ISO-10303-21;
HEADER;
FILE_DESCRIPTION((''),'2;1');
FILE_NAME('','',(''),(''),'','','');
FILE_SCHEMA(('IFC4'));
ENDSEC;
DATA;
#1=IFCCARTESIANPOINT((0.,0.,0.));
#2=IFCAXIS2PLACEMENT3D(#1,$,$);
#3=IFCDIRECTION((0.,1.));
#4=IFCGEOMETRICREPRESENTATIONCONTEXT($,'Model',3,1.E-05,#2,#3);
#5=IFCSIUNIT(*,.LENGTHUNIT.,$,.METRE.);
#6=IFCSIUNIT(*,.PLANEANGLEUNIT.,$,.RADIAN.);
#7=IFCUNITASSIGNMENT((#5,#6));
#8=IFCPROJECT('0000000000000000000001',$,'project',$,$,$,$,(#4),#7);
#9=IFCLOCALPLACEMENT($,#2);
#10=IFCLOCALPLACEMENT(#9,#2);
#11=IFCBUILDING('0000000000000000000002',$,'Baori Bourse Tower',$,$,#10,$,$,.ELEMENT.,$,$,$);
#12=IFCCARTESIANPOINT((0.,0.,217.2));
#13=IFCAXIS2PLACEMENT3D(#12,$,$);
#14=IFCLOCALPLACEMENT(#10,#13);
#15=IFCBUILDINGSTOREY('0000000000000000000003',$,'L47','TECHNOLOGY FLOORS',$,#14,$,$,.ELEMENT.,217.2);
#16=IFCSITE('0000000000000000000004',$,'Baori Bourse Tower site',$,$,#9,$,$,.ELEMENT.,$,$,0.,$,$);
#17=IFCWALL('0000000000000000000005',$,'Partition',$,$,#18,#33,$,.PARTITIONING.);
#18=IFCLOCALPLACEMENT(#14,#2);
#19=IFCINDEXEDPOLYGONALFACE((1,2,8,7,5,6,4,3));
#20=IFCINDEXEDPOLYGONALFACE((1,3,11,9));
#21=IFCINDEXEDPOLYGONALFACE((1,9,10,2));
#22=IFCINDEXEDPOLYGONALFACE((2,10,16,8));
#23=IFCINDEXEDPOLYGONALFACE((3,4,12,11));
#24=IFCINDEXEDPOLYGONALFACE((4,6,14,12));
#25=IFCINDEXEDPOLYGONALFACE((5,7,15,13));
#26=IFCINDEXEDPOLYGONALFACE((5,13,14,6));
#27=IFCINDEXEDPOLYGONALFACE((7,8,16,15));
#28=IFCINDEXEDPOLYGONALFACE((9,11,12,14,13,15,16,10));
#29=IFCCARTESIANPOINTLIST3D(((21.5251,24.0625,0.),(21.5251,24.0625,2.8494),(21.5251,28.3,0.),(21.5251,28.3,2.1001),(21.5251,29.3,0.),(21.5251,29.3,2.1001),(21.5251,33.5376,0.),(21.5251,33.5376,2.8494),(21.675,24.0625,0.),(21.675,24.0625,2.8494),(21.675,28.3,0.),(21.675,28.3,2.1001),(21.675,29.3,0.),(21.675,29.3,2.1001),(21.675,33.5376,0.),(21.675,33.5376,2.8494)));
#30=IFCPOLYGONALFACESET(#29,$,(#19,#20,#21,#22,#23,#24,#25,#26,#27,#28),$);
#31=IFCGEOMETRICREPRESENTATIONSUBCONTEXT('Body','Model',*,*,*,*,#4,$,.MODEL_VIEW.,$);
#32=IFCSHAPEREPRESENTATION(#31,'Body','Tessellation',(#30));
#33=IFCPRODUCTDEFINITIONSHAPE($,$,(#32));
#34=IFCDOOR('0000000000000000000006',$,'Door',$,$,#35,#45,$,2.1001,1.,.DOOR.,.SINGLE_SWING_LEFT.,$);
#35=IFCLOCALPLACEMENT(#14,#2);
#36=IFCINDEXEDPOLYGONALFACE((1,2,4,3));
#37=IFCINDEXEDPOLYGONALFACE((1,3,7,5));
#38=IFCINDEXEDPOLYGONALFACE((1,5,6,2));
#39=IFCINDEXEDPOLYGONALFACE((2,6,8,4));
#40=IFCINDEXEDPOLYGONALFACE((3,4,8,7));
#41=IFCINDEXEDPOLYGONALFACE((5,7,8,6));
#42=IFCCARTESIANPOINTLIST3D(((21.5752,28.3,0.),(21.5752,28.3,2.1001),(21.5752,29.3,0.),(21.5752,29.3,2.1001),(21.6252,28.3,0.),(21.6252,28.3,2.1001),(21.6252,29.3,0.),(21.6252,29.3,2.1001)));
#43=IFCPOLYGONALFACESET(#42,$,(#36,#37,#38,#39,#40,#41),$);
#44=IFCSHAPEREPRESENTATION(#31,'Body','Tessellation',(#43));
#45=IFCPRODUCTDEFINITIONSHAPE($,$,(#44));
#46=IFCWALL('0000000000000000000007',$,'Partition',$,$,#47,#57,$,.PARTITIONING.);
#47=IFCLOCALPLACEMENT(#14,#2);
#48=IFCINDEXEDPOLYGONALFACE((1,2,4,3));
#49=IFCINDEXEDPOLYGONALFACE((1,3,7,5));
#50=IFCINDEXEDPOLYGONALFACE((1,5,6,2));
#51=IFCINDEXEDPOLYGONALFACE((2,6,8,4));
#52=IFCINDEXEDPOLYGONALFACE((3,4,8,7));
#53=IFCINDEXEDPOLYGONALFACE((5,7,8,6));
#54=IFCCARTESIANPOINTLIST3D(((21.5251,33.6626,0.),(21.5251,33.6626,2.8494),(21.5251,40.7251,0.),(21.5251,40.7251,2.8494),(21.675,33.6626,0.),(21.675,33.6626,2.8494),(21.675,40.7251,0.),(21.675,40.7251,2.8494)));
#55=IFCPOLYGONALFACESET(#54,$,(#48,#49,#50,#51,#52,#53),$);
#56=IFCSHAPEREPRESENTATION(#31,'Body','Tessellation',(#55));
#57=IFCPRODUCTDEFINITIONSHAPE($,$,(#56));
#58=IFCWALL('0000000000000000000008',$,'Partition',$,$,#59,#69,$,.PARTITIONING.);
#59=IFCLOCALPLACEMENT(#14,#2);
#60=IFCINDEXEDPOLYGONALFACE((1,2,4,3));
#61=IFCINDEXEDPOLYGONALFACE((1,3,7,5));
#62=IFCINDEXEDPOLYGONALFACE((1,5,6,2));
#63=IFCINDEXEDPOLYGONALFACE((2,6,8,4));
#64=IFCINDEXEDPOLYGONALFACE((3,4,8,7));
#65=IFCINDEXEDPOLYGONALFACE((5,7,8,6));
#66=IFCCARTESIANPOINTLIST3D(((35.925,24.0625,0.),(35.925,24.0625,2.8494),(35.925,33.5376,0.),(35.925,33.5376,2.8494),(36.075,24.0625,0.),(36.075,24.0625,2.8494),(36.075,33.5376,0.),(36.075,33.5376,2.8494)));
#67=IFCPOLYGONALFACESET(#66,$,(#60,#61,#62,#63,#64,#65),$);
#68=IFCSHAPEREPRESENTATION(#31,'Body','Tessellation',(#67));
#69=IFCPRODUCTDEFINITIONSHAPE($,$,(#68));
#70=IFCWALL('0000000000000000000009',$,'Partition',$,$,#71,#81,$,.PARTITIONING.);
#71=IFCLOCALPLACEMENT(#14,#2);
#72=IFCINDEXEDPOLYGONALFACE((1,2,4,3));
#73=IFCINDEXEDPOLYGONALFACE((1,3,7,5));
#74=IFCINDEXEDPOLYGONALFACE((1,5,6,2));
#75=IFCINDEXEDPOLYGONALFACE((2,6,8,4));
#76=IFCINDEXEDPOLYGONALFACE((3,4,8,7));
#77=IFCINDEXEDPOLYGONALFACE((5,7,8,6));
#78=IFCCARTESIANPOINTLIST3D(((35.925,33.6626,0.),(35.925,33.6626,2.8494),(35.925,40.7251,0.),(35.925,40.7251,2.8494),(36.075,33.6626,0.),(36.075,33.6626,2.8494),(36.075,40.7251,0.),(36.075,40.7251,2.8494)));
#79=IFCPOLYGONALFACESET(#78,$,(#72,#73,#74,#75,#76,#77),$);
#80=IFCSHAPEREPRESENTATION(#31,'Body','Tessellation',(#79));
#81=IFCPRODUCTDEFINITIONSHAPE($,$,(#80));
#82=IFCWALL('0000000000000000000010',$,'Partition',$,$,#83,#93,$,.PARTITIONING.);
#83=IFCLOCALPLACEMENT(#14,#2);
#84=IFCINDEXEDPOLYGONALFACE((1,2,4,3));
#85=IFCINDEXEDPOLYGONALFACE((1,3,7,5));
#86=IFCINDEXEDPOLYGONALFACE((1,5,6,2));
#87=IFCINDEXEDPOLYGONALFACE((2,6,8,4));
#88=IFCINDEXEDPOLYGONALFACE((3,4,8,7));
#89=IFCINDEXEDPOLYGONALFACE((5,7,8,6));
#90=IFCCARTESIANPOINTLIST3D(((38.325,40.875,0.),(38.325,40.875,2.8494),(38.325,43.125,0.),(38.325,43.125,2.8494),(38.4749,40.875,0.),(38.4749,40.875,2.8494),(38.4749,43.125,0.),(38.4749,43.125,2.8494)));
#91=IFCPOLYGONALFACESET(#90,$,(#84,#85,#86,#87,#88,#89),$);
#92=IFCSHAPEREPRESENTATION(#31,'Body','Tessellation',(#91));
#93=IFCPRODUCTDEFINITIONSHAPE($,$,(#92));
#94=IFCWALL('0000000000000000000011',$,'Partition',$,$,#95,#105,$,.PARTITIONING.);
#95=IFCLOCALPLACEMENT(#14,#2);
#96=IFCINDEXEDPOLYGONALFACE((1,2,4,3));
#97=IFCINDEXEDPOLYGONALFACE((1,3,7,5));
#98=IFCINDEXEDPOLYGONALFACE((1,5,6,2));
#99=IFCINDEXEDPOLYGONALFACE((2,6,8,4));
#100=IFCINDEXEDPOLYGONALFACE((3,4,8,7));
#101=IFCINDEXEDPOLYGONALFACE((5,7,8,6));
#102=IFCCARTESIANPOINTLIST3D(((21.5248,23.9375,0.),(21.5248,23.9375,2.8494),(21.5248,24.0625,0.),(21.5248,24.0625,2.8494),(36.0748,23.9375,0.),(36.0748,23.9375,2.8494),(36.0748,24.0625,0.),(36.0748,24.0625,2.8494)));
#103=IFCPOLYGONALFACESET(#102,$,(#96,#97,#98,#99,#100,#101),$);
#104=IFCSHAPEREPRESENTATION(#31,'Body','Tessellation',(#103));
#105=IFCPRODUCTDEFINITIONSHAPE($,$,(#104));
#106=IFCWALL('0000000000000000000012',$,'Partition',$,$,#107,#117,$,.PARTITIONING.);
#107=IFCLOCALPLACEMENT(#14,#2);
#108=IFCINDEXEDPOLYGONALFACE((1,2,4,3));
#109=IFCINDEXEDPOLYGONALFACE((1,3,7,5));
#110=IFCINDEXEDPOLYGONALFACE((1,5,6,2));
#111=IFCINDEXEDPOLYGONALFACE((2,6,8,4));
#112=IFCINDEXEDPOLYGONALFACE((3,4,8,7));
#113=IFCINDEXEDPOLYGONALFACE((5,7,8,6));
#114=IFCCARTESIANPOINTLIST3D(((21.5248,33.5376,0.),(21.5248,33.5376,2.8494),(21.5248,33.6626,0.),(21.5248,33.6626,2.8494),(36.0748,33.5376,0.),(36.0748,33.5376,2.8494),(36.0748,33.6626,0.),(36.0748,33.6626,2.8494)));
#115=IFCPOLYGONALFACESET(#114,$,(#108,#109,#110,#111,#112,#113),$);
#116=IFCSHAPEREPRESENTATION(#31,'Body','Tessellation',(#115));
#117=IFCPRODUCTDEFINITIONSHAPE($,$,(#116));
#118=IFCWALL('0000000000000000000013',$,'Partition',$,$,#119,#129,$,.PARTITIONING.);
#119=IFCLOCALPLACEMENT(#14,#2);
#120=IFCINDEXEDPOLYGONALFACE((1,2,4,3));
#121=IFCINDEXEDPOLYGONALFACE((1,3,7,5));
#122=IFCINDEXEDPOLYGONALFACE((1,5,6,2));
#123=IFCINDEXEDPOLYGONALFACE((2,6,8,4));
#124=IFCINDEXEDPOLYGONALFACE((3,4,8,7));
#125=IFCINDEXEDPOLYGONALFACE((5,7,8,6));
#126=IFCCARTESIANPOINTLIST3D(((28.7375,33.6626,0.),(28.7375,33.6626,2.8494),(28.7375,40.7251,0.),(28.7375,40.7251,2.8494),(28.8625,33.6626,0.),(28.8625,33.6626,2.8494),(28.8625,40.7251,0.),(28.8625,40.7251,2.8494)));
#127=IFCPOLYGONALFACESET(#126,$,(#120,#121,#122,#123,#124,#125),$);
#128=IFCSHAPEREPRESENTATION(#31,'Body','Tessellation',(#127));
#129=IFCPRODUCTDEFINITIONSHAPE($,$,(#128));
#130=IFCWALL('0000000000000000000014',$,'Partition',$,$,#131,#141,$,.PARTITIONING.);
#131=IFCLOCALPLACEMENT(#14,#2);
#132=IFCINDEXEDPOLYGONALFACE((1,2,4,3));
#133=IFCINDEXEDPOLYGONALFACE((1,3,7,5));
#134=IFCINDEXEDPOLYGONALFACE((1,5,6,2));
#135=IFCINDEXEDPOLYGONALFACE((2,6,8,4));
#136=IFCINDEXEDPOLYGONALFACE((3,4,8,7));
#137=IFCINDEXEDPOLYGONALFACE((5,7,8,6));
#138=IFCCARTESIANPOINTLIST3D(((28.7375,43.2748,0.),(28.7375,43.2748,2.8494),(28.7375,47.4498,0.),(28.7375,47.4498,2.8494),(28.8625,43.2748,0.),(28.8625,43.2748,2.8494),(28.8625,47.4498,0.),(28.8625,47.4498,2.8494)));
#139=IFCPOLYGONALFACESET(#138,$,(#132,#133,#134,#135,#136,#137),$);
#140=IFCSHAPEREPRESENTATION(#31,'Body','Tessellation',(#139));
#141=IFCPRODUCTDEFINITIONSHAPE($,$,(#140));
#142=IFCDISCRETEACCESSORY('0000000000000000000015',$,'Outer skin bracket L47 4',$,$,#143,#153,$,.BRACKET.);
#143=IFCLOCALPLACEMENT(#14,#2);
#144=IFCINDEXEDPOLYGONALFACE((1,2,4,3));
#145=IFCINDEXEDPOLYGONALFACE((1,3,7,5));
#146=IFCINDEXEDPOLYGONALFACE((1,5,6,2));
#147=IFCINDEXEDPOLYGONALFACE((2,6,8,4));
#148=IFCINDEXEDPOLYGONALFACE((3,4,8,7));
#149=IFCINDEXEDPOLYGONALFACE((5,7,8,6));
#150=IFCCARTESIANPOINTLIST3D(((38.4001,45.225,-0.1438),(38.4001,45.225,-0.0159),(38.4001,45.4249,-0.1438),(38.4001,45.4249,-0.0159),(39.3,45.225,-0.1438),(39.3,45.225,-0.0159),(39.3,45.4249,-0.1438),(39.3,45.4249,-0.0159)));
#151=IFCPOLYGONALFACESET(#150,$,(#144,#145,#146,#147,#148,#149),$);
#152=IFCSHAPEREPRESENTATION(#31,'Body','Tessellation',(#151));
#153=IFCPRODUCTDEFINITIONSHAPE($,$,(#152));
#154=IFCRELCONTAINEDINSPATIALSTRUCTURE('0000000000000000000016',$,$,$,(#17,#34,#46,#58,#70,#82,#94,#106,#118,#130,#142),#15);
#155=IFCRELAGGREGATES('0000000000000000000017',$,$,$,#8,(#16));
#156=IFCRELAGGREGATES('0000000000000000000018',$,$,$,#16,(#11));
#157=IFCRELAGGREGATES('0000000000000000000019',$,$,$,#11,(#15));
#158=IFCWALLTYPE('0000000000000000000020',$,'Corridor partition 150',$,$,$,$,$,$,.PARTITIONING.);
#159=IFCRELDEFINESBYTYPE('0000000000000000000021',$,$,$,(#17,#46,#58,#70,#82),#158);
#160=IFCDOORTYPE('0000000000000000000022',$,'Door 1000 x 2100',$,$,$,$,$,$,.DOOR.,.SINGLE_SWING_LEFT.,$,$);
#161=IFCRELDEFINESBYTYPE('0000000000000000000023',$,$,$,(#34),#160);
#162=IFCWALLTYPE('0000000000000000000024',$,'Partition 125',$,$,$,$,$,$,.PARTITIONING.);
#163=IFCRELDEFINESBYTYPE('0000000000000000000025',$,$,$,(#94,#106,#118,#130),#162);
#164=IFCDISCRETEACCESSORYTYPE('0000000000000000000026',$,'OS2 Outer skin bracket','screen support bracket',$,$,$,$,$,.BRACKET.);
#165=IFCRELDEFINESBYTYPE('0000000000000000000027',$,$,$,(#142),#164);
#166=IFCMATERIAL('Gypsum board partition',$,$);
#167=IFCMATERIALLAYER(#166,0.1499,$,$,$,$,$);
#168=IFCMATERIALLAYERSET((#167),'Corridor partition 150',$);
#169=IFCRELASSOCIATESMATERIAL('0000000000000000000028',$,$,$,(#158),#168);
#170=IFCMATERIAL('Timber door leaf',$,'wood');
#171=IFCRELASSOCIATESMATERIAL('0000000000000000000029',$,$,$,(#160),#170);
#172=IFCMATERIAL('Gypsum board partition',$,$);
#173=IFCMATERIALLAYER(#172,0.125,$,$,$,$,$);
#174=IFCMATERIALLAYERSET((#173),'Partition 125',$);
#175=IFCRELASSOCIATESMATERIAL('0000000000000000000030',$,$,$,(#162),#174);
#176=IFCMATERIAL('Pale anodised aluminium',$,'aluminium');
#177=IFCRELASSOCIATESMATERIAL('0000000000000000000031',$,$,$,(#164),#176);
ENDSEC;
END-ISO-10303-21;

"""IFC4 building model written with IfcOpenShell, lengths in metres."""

from ifc_helpers import new_model, si_unit, direction, frame, frame_2d, origin, origin_2d, place, context, subcontext, project, spatial, rectangle, extrude, material, layer, layer_set, type_object, element, fill, save


model = new_model("IFC4")

# Units and contexts
model_context = context("Model", 3, precision=1e-05, world=origin(), true_north=direction((0.0, 1.0)))
body_context = subcontext(model_context, "Body", "Model", "MODEL_VIEW")
ifc_project = project(units=[si_unit("LENGTHUNIT", "METRE"), si_unit("PLANEANGLEUNIT", "RADIAN")], contexts=[model_context])

# Site, building, storey
site_placement = place(None, origin())
site = spatial("IfcSite", under=ifc_project, at=site_placement, Name="Baori Bourse Tower site", CompositionType="ELEMENT", RefElevation=0.0)
building_placement = place(site_placement, origin())
building = spatial("IfcBuilding", under=site, at=building_placement, Name="Baori Bourse Tower", CompositionType="ELEMENT")
storey_placement = place(building_placement, frame((0.0, 0.0, 217.2)))
storey = spatial("IfcBuildingStorey", under=building, at=storey_placement, Name="L47", Description="TECHNOLOGY FLOORS", CompositionType="ELEMENT", Elevation=217.2)

# Shared definitions
ifc_material_1 = material(Name="Gypsum board partition")
ifc_layer_1 = layer(ifc_material_1, 0.1499)
ifc_layer_set_1 = layer_set([ifc_layer_1], Name="Corridor partition 150")
wall_type_1 = type_object("IfcWallType", Name="Corridor partition 150", PredefinedType="PARTITIONING", material=ifc_layer_set_1)
ifc_material_2 = material(Name="Timber door leaf", Category="wood")
door_type = type_object("IfcDoorType", Name="Door 1000 x 2100", OperationType="SINGLE_SWING_LEFT", PredefinedType="DOOR", material=ifc_material_2)

# Wall, opening, door
wall_1_placement = place(storey_placement, frame((21.6001, 24.0625, 0.0), z_axis=(0.0, 0.0, 1.0), x_axis=(0.0, 1.0, 0.0)))
wall_1 = element("IfcWall", 1, at=wall_1_placement, inside=storey, type_object=wall_type_1, Name="Partition", PredefinedType="PARTITIONING", context=body_context, shape_type="SweptSolid", body=[
    extrude(rectangle(XDim=9.4751, YDim=0.1499, at=frame_2d((4.7375, 0.0))), origin(), (0.0, 0.0, 1.0), 2.8494),
])
opening_1_placement = place(wall_1_placement, frame((4.2375, 0.0, 0.0)))
opening_1 = element("IfcOpeningElement", 2, at=opening_1_placement, cuts=wall_1, PredefinedType="OPENING", context=body_context, shape_type="SweptSolid", body=[
    extrude(rectangle(XDim=1.0, YDim=2.1001, at=frame_2d((0.5, 1.05))), frame((0.0, 0.085, 0.0), z_axis=(0.0, -1.0, 0.0), x_axis=(1.0, 0.0, 0.0)), (0.0, 0.0, 1.0), 0.1699),
])
door_1_placement = place(opening_1_placement, origin())
door_1 = element("IfcDoor", 3, at=door_1_placement, inside=storey, type_object=door_type, Name="Door", OperationType="SINGLE_SWING_LEFT", OverallHeight=2.1001, OverallWidth=1.0, PredefinedType="DOOR", context=body_context, shape_type="SweptSolid", body=[
    extrude(rectangle(XDim=1.0, YDim=2.1001, at=frame_2d((0.5, 1.05))), frame((0.0, 0.0249, 0.0), z_axis=(0.0, -1.0, 0.0), x_axis=(1.0, 0.0, 0.0)), (0.0, 0.0, 1.0), 0.05),
])
fill(opening_1, door_1)

# Walls
wall_2_placement = place(storey_placement, frame((21.6001, 33.6626, 0.0), z_axis=(0.0, 0.0, 1.0), x_axis=(0.0, 1.0, 0.0)))
element("IfcWall", 4, at=wall_2_placement, inside=storey, type_object=wall_type_1, Name="Partition", PredefinedType="PARTITIONING", context=body_context, shape_type="SweptSolid", body=[
    extrude(rectangle(XDim=7.0625, YDim=0.1499, at=frame_2d((3.5312, 0.0))), origin(), (0.0, 0.0, 1.0), 2.8494),
])
wall_3_placement = place(storey_placement, frame((36.0, 24.0625, 0.0), z_axis=(0.0, 0.0, 1.0), x_axis=(0.0, 1.0, 0.0)))
element("IfcWall", 5, at=wall_3_placement, inside=storey, type_object=wall_type_1, Name="Partition", PredefinedType="PARTITIONING", context=body_context, shape_type="SweptSolid", body=[
    extrude(rectangle(XDim=9.4751, YDim=0.1499, at=frame_2d((4.7375, 0.0))), origin(), (0.0, 0.0, 1.0), 2.8494),
])
wall_4_placement = place(storey_placement, frame((36.0, 33.6626, 0.0), z_axis=(0.0, 0.0, 1.0), x_axis=(0.0, 1.0, 0.0)))
element("IfcWall", 6, at=wall_4_placement, inside=storey, type_object=wall_type_1, Name="Partition", PredefinedType="PARTITIONING", context=body_context, shape_type="SweptSolid", body=[
    extrude(rectangle(XDim=7.0625, YDim=0.1499, at=frame_2d((3.5312, 0.0))), origin(), (0.0, 0.0, 1.0), 2.8494),
])
wall_5_placement = place(storey_placement, frame((38.3999, 40.875, 0.0), z_axis=(0.0, 0.0, 1.0), x_axis=(0.0, 1.0, 0.0)))
element("IfcWall", 7, at=wall_5_placement, inside=storey, type_object=wall_type_1, Name="Partition", PredefinedType="PARTITIONING", context=body_context, shape_type="SweptSolid", body=[
    extrude(rectangle(XDim=2.25, YDim=0.1499, at=frame_2d((1.125, 0.0))), origin(), (0.0, 0.0, 1.0), 2.8494),
])
ifc_material_3 = material(Name="Gypsum board partition")
ifc_layer_2 = layer(ifc_material_3, 0.125)
ifc_layer_set_2 = layer_set([ifc_layer_2], Name="Partition 125")
wall_type_2 = type_object("IfcWallType", Name="Partition 125", PredefinedType="PARTITIONING", material=ifc_layer_set_2)
for number, where, z_axis, x_axis, name in (
    (8, (21.5249, 24.0, 0.0), (0.0, 0.0, 1.0), (1.0, 0.0, 0.0), "Partition"),
    (9, (21.5249, 33.6001, 0.0), (0.0, 0.0, 1.0), (1.0, 0.0, 0.0), "Partition"),
):
    element("IfcWall", number, at=place(storey_placement, frame(where, z_axis=z_axis, x_axis=x_axis)), inside=storey, type_object=wall_type_2, Name=name, PredefinedType="PARTITIONING", context=body_context, shape_type="SweptSolid", body=[
        extrude(rectangle(XDim=14.55, YDim=0.125, at=frame_2d((7.2749, 0.0))), origin(), (0.0, 0.0, 1.0), 2.8494),
    ])
wall_6_placement = place(storey_placement, frame((28.8, 33.6626, 0.0), z_axis=(0.0, 0.0, 1.0), x_axis=(0.0, 1.0, 0.0)))
element("IfcWall", 10, at=wall_6_placement, inside=storey, type_object=wall_type_2, Name="Partition", PredefinedType="PARTITIONING", context=body_context, shape_type="SweptSolid", body=[
    extrude(rectangle(XDim=7.0625, YDim=0.125, at=frame_2d((3.5312, 0.0))), origin(), (0.0, 0.0, 1.0), 2.8494),
])
wall_7_placement = place(storey_placement, frame((28.8, 43.2749, 0.0), z_axis=(0.0, 0.0, 1.0), x_axis=(0.0, 1.0, 0.0)))
element("IfcWall", 11, at=wall_7_placement, inside=storey, type_object=wall_type_2, Name="Partition", PredefinedType="PARTITIONING", context=body_context, shape_type="SweptSolid", body=[
    extrude(rectangle(XDim=4.175, YDim=0.125, at=frame_2d((2.0874, 0.0))), origin(), (0.0, 0.0, 1.0), 2.8494),
])

# Discrete accessory
ifc_material_4 = material(Name="Pale anodised aluminium", Category="aluminium")
discrete_accessory_type = type_object("IfcDiscreteAccessoryType", Name="OS2 Outer skin bracket", Description="screen support bracket", PredefinedType="BRACKET", material=ifc_material_4)
discrete_accessory_placement = place(storey_placement, frame((38.8501, 45.325, -0.1438), z_axis=(0.0, 0.0, 1.0), x_axis=(0.0, 1.0, 0.0)))
element("IfcDiscreteAccessory", 12, at=discrete_accessory_placement, inside=storey, type_object=discrete_accessory_type, Name="Outer skin bracket L47 4", PredefinedType="BRACKET", context=body_context, shape_type="SweptSolid", body=[
    extrude(rectangle(XDim=0.2, YDim=0.8999, at=origin_2d()), origin(), (0.0, 0.0, 1.0), 0.1279),
])

save(model, "model.ifc")
